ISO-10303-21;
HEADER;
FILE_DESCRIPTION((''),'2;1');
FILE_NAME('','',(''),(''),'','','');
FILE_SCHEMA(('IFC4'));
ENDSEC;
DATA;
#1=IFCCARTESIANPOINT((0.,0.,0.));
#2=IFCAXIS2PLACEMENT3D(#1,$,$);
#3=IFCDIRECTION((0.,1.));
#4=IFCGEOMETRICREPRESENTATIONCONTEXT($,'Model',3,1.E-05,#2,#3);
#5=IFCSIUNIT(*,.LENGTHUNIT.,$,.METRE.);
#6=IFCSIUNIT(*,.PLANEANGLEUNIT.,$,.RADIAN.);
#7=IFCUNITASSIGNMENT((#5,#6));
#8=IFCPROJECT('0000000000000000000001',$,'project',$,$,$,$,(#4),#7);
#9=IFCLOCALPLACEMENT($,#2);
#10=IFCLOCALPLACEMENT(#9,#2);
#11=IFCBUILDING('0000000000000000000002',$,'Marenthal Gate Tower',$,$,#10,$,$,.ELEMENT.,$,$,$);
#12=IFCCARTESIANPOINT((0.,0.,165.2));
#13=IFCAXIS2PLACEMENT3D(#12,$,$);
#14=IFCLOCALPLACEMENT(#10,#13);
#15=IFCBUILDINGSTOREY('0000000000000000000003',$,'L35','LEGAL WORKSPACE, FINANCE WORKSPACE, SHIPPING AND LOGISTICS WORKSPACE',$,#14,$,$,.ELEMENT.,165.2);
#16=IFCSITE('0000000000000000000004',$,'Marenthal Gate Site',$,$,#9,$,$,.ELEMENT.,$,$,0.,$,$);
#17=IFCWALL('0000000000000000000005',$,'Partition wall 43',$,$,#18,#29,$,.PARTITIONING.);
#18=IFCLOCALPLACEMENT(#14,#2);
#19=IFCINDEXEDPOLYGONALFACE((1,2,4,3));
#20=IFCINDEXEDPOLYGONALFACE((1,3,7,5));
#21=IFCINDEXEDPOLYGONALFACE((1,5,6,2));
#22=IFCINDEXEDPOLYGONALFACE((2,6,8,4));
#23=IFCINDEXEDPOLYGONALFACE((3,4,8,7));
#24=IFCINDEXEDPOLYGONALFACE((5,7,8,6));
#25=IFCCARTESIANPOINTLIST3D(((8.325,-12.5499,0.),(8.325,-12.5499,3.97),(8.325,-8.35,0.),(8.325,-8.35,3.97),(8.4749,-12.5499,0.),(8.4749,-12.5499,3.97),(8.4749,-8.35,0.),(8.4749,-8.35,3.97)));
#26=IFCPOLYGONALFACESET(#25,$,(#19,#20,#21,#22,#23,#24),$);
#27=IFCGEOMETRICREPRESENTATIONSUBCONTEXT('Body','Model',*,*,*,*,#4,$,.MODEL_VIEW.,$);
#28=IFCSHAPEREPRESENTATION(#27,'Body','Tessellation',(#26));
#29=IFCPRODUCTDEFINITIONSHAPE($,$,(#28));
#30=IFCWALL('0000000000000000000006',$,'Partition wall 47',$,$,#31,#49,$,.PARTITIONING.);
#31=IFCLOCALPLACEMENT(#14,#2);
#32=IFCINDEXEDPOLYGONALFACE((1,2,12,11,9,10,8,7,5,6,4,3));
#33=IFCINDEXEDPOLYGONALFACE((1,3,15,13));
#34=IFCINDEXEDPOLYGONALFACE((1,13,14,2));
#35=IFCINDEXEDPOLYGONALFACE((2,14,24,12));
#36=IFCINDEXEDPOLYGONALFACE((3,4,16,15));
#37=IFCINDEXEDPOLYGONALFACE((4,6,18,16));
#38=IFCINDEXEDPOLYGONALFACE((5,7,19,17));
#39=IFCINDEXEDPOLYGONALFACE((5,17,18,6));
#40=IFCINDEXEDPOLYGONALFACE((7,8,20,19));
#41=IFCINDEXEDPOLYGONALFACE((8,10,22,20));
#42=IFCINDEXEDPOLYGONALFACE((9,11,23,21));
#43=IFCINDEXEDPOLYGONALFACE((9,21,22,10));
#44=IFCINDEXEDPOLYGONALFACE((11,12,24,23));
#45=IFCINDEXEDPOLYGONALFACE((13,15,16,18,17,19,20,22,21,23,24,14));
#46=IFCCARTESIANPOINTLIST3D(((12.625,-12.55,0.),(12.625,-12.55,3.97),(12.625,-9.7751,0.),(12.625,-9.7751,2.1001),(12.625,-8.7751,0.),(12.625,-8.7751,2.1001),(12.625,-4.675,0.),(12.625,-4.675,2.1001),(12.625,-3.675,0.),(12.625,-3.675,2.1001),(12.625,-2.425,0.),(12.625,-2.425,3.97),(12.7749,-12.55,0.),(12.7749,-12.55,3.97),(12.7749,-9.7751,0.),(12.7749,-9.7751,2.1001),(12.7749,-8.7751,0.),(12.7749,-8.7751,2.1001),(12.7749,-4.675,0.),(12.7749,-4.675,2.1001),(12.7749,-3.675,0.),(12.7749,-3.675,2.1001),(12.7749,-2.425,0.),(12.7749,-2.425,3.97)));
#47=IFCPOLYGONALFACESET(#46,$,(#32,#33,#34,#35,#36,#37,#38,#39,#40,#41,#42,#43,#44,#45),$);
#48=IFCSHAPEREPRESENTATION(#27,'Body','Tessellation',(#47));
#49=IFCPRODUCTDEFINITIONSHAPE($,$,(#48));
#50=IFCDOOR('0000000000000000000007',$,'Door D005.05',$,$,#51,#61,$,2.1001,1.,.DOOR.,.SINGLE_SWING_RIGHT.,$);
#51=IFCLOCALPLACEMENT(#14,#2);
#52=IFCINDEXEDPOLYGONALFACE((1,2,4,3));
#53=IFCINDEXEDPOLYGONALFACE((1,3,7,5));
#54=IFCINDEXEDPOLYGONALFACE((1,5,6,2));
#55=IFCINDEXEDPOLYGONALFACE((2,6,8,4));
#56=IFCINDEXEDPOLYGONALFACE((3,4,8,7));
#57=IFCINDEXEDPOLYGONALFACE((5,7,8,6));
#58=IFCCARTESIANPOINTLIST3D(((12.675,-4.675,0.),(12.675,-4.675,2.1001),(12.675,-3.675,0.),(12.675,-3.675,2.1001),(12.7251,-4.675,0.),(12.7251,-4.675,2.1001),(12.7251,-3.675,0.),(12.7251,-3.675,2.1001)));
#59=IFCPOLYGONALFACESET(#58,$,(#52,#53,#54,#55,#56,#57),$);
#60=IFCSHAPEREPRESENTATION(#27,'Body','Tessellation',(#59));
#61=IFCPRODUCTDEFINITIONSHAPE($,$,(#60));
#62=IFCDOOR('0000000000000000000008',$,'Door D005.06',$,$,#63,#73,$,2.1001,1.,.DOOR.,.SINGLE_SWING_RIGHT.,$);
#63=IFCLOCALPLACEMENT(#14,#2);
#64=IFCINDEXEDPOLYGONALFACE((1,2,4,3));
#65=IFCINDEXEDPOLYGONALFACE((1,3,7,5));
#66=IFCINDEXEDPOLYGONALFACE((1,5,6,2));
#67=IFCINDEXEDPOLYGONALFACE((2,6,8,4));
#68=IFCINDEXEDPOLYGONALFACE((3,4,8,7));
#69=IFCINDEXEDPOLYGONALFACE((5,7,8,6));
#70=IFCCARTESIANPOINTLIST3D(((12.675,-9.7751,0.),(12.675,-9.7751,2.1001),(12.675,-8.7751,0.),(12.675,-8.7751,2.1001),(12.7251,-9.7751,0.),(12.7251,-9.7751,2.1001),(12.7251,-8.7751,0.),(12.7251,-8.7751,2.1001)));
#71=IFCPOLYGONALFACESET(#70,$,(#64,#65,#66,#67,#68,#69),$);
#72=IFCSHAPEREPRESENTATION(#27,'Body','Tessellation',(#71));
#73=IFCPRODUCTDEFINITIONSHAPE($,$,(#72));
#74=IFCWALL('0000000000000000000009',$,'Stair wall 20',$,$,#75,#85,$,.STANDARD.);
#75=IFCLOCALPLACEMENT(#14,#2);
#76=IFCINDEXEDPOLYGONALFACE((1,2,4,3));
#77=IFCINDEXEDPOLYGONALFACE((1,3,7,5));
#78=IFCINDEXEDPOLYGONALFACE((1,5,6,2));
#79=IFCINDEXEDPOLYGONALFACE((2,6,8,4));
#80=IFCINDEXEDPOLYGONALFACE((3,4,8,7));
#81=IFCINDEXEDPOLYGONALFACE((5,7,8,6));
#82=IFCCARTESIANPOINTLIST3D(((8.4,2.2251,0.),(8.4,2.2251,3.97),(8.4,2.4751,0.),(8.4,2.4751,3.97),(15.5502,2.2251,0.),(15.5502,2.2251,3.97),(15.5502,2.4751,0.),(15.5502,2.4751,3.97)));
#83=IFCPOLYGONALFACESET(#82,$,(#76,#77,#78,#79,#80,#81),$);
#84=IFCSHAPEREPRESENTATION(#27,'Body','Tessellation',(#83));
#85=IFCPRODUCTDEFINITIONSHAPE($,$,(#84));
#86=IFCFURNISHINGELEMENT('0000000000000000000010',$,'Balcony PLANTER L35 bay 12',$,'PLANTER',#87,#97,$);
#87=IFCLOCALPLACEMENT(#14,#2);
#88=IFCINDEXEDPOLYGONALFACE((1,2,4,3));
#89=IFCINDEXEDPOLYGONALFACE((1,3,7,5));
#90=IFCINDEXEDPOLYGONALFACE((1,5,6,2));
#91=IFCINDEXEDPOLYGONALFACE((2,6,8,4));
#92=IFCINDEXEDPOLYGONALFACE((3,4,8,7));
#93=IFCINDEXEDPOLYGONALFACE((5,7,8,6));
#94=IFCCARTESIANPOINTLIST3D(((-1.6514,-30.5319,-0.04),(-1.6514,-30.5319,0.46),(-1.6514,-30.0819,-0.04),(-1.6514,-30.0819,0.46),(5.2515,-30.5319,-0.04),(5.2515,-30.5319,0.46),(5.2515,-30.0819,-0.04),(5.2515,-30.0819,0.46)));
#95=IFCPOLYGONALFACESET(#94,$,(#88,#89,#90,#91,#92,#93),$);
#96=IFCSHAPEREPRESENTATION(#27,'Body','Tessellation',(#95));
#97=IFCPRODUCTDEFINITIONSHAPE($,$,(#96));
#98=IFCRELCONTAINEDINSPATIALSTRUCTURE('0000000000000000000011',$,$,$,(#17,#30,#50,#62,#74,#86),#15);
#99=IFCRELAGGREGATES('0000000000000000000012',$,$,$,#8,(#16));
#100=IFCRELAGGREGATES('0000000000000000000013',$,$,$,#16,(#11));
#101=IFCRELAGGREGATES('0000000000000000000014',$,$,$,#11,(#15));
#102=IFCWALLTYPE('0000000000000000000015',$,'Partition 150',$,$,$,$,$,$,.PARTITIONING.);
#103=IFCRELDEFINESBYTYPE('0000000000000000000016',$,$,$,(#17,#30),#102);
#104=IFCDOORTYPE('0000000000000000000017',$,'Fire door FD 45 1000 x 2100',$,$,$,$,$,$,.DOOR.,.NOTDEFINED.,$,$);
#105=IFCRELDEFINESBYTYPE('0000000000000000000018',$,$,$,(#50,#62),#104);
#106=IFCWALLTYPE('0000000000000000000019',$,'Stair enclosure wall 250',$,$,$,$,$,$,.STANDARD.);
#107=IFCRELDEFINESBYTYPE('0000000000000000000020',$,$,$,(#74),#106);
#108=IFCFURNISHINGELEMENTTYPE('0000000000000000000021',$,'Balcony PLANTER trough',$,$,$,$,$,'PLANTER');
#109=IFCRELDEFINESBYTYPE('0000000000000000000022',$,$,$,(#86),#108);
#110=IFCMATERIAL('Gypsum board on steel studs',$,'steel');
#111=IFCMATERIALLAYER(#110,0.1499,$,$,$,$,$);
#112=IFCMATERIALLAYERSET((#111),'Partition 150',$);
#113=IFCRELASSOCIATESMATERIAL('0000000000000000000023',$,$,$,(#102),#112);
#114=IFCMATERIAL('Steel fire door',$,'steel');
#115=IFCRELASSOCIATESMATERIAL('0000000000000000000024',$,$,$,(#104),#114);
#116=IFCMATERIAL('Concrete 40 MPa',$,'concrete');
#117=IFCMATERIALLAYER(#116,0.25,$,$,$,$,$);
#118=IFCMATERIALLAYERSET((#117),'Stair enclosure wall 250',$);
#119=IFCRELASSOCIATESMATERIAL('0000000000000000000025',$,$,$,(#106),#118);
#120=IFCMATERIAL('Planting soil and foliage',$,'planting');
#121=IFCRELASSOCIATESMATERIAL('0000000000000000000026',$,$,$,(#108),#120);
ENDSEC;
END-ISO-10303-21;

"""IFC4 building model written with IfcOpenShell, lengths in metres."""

from ifc_helpers import new_model, si_unit, direction, frame, frame_2d, origin, origin_2d, place, context, subcontext, project, spatial, rectangle, extrude, material, layer, layer_set, type_object, element, fill, save


model = new_model("IFC4")

# Units and contexts
model_context = context("Model", 3, precision=1e-05, world=origin(), true_north=direction((0.0, 1.0)))
body_context = subcontext(model_context, "Body", "Model", "MODEL_VIEW")
ifc_project = project(units=[si_unit("LENGTHUNIT", "METRE"), si_unit("PLANEANGLEUNIT", "RADIAN")], contexts=[model_context])

# Site, building, storey
site_placement = place(None, origin())
site = spatial("IfcSite", under=ifc_project, at=site_placement, Name="Marenthal Gate Site", CompositionType="ELEMENT", RefElevation=0.0)
building_placement = place(site_placement, origin())
building = spatial("IfcBuilding", under=site, at=building_placement, Name="Marenthal Gate Tower", CompositionType="ELEMENT")
storey_placement = place(building_placement, frame((0.0, 0.0, 165.2)))
storey = spatial("IfcBuildingStorey", under=building, at=storey_placement, Name="L35", Description="LEGAL WORKSPACE, FINANCE WORKSPACE, SHIPPING AND LOGISTICS WORKSPACE", CompositionType="ELEMENT", Elevation=165.2)

# Shared definitions
ifc_material_1 = material(Name="Gypsum board on steel studs", Category="steel")
ifc_layer_1 = layer(ifc_material_1, 0.1499)
ifc_layer_set_1 = layer_set([ifc_layer_1], Name="Partition 150")
wall_type_1 = type_object("IfcWallType", Name="Partition 150", PredefinedType="PARTITIONING", material=ifc_layer_set_1)

# Wall
wall_1_placement = place(storey_placement, frame((8.3999, -12.55, 0.0), z_axis=(0.0, 0.0, 1.0), x_axis=(0.0, 1.0, 0.0)))
element("IfcWall", 1, at=wall_1_placement, inside=storey, type_object=wall_type_1, Name="Partition wall 43", PredefinedType="PARTITIONING", context=body_context, shape_type="SweptSolid", body=[
    extrude(rectangle(XDim=4.2, YDim=0.1499, at=frame_2d((2.1001, 0.0))), origin(), (0.0, 0.0, 1.0), 3.97),
])

# Wall, openings, doors
wall_2_placement = place(storey_placement, frame((12.7, -12.55, 0.0), z_axis=(0.0, 0.0, 1.0), x_axis=(0.0, 1.0, 0.0)))
wall_2 = element("IfcWall", 2, at=wall_2_placement, inside=storey, type_object=wall_type_1, Name="Partition wall 47", PredefinedType="PARTITIONING", context=body_context, shape_type="SweptSolid", body=[
    extrude(rectangle(XDim=10.125, YDim=0.1499, at=frame_2d((5.0625, 0.0))), origin(), (0.0, 0.0, 1.0), 3.97),
])
opening_1_placement = place(wall_2_placement, frame((7.875, 0.0, 0.0)))
opening_1 = element("IfcOpeningElement", 3, at=opening_1_placement, cuts=wall_2, PredefinedType="OPENING", context=body_context, shape_type="SweptSolid", body=[
    extrude(rectangle(XDim=1.0, YDim=2.1001, at=frame_2d((0.5, 1.05))), frame((0.0, 0.085, 0.0), z_axis=(0.0, -1.0, 0.0), x_axis=(1.0, 0.0, 0.0)), (0.0, 0.0, 1.0), 0.1699),
])
opening_2_placement = place(wall_2_placement, frame((2.7749, 0.0, 0.0)))
opening_2 = element("IfcOpeningElement", 4, at=opening_2_placement, cuts=wall_2, PredefinedType="OPENING", context=body_context, shape_type="SweptSolid", body=[
    extrude(rectangle(XDim=1.0, YDim=2.1001, at=frame_2d((0.5, 1.05))), frame((0.0, 0.085, 0.0), z_axis=(0.0, -1.0, 0.0), x_axis=(1.0, 0.0, 0.0)), (0.0, 0.0, 1.0), 0.1699),
])
ifc_material_2 = material(Name="Steel fire door", Category="steel")
door_type_1 = type_object("IfcDoorType", Name="Fire door FD 45 1000 x 2100", OperationType="NOTDEFINED", PredefinedType="DOOR", material=ifc_material_2)
door_1_placement = place(opening_1_placement, origin())
door_1 = element("IfcDoor", 5, at=door_1_placement, inside=storey, type_object=door_type_1, Name="Door D005.05", OperationType="SINGLE_SWING_RIGHT", OverallHeight=2.1001, OverallWidth=1.0, PredefinedType="DOOR", context=body_context, shape_type="SweptSolid", body=[
    extrude(rectangle(XDim=1.0, YDim=2.1001, at=frame_2d((0.5, 1.05))), frame((0.0, 0.0249, 0.0), z_axis=(0.0, -1.0, 0.0), x_axis=(1.0, 0.0, 0.0)), (0.0, 0.0, 1.0), 0.05),
])
fill(opening_1, door_1)
door_2_placement = place(opening_2_placement, origin())
door_2 = element("IfcDoor", 6, at=door_2_placement, inside=storey, type_object=door_type_1, Name="Door D005.06", OperationType="SINGLE_SWING_RIGHT", OverallHeight=2.1001, OverallWidth=1.0, PredefinedType="DOOR", context=body_context, shape_type="SweptSolid", body=[
    extrude(rectangle(XDim=1.0, YDim=2.1001, at=frame_2d((0.5, 1.05))), frame((0.0, 0.0249, 0.0), z_axis=(0.0, -1.0, 0.0), x_axis=(1.0, 0.0, 0.0)), (0.0, 0.0, 1.0), 0.05),
])
fill(opening_2, door_2)

# Wall
ifc_material_3 = material(Name="Concrete 40 MPa", Category="concrete")
ifc_layer_2 = layer(ifc_material_3, 0.25)
ifc_layer_set_2 = layer_set([ifc_layer_2], Name="Stair enclosure wall 250")
wall_type_2 = type_object("IfcWallType", Name="Stair enclosure wall 250", PredefinedType="STANDARD", material=ifc_layer_set_2)
wall_3_placement = place(storey_placement, frame((8.3999, 2.3501, 0.0), z_axis=(0.0, 0.0, 1.0), x_axis=(1.0, 0.0, 0.0)))
element("IfcWall", 7, at=wall_3_placement, inside=storey, type_object=wall_type_2, Name="Stair wall 20", PredefinedType="STANDARD", context=body_context, shape_type="SweptSolid", body=[
    extrude(rectangle(XDim=7.1501, YDim=0.25, at=frame_2d((3.5752, 0.0))), origin(), (0.0, 0.0, 1.0), 3.97),
])

# Furnishing element
ifc_material_4 = material(Name="Planting soil and foliage", Category="planting")
furnishing_element_type = type_object("IfcFurnishingElementType", Name="Balcony PLANTER trough", ElementType="PLANTER", material=ifc_material_4)
furnishing_placement = place(storey_placement, frame((1.8, -30.3069, -0.04), z_axis=(0.0, 0.0, 1.0), x_axis=(1.0, 0.0, 0.0)))
element("IfcFurnishingElement", 8, at=furnishing_placement, inside=storey, type_object=furnishing_element_type, Name="Balcony PLANTER L35 bay 12", ObjectType="PLANTER", context=body_context, shape_type="SweptSolid", body=[
    extrude(rectangle(XDim=6.9028, YDim=0.45, at=origin_2d()), origin(), (0.0, 0.0, 1.0), 0.5),
])

save(model, "model.ifc")
